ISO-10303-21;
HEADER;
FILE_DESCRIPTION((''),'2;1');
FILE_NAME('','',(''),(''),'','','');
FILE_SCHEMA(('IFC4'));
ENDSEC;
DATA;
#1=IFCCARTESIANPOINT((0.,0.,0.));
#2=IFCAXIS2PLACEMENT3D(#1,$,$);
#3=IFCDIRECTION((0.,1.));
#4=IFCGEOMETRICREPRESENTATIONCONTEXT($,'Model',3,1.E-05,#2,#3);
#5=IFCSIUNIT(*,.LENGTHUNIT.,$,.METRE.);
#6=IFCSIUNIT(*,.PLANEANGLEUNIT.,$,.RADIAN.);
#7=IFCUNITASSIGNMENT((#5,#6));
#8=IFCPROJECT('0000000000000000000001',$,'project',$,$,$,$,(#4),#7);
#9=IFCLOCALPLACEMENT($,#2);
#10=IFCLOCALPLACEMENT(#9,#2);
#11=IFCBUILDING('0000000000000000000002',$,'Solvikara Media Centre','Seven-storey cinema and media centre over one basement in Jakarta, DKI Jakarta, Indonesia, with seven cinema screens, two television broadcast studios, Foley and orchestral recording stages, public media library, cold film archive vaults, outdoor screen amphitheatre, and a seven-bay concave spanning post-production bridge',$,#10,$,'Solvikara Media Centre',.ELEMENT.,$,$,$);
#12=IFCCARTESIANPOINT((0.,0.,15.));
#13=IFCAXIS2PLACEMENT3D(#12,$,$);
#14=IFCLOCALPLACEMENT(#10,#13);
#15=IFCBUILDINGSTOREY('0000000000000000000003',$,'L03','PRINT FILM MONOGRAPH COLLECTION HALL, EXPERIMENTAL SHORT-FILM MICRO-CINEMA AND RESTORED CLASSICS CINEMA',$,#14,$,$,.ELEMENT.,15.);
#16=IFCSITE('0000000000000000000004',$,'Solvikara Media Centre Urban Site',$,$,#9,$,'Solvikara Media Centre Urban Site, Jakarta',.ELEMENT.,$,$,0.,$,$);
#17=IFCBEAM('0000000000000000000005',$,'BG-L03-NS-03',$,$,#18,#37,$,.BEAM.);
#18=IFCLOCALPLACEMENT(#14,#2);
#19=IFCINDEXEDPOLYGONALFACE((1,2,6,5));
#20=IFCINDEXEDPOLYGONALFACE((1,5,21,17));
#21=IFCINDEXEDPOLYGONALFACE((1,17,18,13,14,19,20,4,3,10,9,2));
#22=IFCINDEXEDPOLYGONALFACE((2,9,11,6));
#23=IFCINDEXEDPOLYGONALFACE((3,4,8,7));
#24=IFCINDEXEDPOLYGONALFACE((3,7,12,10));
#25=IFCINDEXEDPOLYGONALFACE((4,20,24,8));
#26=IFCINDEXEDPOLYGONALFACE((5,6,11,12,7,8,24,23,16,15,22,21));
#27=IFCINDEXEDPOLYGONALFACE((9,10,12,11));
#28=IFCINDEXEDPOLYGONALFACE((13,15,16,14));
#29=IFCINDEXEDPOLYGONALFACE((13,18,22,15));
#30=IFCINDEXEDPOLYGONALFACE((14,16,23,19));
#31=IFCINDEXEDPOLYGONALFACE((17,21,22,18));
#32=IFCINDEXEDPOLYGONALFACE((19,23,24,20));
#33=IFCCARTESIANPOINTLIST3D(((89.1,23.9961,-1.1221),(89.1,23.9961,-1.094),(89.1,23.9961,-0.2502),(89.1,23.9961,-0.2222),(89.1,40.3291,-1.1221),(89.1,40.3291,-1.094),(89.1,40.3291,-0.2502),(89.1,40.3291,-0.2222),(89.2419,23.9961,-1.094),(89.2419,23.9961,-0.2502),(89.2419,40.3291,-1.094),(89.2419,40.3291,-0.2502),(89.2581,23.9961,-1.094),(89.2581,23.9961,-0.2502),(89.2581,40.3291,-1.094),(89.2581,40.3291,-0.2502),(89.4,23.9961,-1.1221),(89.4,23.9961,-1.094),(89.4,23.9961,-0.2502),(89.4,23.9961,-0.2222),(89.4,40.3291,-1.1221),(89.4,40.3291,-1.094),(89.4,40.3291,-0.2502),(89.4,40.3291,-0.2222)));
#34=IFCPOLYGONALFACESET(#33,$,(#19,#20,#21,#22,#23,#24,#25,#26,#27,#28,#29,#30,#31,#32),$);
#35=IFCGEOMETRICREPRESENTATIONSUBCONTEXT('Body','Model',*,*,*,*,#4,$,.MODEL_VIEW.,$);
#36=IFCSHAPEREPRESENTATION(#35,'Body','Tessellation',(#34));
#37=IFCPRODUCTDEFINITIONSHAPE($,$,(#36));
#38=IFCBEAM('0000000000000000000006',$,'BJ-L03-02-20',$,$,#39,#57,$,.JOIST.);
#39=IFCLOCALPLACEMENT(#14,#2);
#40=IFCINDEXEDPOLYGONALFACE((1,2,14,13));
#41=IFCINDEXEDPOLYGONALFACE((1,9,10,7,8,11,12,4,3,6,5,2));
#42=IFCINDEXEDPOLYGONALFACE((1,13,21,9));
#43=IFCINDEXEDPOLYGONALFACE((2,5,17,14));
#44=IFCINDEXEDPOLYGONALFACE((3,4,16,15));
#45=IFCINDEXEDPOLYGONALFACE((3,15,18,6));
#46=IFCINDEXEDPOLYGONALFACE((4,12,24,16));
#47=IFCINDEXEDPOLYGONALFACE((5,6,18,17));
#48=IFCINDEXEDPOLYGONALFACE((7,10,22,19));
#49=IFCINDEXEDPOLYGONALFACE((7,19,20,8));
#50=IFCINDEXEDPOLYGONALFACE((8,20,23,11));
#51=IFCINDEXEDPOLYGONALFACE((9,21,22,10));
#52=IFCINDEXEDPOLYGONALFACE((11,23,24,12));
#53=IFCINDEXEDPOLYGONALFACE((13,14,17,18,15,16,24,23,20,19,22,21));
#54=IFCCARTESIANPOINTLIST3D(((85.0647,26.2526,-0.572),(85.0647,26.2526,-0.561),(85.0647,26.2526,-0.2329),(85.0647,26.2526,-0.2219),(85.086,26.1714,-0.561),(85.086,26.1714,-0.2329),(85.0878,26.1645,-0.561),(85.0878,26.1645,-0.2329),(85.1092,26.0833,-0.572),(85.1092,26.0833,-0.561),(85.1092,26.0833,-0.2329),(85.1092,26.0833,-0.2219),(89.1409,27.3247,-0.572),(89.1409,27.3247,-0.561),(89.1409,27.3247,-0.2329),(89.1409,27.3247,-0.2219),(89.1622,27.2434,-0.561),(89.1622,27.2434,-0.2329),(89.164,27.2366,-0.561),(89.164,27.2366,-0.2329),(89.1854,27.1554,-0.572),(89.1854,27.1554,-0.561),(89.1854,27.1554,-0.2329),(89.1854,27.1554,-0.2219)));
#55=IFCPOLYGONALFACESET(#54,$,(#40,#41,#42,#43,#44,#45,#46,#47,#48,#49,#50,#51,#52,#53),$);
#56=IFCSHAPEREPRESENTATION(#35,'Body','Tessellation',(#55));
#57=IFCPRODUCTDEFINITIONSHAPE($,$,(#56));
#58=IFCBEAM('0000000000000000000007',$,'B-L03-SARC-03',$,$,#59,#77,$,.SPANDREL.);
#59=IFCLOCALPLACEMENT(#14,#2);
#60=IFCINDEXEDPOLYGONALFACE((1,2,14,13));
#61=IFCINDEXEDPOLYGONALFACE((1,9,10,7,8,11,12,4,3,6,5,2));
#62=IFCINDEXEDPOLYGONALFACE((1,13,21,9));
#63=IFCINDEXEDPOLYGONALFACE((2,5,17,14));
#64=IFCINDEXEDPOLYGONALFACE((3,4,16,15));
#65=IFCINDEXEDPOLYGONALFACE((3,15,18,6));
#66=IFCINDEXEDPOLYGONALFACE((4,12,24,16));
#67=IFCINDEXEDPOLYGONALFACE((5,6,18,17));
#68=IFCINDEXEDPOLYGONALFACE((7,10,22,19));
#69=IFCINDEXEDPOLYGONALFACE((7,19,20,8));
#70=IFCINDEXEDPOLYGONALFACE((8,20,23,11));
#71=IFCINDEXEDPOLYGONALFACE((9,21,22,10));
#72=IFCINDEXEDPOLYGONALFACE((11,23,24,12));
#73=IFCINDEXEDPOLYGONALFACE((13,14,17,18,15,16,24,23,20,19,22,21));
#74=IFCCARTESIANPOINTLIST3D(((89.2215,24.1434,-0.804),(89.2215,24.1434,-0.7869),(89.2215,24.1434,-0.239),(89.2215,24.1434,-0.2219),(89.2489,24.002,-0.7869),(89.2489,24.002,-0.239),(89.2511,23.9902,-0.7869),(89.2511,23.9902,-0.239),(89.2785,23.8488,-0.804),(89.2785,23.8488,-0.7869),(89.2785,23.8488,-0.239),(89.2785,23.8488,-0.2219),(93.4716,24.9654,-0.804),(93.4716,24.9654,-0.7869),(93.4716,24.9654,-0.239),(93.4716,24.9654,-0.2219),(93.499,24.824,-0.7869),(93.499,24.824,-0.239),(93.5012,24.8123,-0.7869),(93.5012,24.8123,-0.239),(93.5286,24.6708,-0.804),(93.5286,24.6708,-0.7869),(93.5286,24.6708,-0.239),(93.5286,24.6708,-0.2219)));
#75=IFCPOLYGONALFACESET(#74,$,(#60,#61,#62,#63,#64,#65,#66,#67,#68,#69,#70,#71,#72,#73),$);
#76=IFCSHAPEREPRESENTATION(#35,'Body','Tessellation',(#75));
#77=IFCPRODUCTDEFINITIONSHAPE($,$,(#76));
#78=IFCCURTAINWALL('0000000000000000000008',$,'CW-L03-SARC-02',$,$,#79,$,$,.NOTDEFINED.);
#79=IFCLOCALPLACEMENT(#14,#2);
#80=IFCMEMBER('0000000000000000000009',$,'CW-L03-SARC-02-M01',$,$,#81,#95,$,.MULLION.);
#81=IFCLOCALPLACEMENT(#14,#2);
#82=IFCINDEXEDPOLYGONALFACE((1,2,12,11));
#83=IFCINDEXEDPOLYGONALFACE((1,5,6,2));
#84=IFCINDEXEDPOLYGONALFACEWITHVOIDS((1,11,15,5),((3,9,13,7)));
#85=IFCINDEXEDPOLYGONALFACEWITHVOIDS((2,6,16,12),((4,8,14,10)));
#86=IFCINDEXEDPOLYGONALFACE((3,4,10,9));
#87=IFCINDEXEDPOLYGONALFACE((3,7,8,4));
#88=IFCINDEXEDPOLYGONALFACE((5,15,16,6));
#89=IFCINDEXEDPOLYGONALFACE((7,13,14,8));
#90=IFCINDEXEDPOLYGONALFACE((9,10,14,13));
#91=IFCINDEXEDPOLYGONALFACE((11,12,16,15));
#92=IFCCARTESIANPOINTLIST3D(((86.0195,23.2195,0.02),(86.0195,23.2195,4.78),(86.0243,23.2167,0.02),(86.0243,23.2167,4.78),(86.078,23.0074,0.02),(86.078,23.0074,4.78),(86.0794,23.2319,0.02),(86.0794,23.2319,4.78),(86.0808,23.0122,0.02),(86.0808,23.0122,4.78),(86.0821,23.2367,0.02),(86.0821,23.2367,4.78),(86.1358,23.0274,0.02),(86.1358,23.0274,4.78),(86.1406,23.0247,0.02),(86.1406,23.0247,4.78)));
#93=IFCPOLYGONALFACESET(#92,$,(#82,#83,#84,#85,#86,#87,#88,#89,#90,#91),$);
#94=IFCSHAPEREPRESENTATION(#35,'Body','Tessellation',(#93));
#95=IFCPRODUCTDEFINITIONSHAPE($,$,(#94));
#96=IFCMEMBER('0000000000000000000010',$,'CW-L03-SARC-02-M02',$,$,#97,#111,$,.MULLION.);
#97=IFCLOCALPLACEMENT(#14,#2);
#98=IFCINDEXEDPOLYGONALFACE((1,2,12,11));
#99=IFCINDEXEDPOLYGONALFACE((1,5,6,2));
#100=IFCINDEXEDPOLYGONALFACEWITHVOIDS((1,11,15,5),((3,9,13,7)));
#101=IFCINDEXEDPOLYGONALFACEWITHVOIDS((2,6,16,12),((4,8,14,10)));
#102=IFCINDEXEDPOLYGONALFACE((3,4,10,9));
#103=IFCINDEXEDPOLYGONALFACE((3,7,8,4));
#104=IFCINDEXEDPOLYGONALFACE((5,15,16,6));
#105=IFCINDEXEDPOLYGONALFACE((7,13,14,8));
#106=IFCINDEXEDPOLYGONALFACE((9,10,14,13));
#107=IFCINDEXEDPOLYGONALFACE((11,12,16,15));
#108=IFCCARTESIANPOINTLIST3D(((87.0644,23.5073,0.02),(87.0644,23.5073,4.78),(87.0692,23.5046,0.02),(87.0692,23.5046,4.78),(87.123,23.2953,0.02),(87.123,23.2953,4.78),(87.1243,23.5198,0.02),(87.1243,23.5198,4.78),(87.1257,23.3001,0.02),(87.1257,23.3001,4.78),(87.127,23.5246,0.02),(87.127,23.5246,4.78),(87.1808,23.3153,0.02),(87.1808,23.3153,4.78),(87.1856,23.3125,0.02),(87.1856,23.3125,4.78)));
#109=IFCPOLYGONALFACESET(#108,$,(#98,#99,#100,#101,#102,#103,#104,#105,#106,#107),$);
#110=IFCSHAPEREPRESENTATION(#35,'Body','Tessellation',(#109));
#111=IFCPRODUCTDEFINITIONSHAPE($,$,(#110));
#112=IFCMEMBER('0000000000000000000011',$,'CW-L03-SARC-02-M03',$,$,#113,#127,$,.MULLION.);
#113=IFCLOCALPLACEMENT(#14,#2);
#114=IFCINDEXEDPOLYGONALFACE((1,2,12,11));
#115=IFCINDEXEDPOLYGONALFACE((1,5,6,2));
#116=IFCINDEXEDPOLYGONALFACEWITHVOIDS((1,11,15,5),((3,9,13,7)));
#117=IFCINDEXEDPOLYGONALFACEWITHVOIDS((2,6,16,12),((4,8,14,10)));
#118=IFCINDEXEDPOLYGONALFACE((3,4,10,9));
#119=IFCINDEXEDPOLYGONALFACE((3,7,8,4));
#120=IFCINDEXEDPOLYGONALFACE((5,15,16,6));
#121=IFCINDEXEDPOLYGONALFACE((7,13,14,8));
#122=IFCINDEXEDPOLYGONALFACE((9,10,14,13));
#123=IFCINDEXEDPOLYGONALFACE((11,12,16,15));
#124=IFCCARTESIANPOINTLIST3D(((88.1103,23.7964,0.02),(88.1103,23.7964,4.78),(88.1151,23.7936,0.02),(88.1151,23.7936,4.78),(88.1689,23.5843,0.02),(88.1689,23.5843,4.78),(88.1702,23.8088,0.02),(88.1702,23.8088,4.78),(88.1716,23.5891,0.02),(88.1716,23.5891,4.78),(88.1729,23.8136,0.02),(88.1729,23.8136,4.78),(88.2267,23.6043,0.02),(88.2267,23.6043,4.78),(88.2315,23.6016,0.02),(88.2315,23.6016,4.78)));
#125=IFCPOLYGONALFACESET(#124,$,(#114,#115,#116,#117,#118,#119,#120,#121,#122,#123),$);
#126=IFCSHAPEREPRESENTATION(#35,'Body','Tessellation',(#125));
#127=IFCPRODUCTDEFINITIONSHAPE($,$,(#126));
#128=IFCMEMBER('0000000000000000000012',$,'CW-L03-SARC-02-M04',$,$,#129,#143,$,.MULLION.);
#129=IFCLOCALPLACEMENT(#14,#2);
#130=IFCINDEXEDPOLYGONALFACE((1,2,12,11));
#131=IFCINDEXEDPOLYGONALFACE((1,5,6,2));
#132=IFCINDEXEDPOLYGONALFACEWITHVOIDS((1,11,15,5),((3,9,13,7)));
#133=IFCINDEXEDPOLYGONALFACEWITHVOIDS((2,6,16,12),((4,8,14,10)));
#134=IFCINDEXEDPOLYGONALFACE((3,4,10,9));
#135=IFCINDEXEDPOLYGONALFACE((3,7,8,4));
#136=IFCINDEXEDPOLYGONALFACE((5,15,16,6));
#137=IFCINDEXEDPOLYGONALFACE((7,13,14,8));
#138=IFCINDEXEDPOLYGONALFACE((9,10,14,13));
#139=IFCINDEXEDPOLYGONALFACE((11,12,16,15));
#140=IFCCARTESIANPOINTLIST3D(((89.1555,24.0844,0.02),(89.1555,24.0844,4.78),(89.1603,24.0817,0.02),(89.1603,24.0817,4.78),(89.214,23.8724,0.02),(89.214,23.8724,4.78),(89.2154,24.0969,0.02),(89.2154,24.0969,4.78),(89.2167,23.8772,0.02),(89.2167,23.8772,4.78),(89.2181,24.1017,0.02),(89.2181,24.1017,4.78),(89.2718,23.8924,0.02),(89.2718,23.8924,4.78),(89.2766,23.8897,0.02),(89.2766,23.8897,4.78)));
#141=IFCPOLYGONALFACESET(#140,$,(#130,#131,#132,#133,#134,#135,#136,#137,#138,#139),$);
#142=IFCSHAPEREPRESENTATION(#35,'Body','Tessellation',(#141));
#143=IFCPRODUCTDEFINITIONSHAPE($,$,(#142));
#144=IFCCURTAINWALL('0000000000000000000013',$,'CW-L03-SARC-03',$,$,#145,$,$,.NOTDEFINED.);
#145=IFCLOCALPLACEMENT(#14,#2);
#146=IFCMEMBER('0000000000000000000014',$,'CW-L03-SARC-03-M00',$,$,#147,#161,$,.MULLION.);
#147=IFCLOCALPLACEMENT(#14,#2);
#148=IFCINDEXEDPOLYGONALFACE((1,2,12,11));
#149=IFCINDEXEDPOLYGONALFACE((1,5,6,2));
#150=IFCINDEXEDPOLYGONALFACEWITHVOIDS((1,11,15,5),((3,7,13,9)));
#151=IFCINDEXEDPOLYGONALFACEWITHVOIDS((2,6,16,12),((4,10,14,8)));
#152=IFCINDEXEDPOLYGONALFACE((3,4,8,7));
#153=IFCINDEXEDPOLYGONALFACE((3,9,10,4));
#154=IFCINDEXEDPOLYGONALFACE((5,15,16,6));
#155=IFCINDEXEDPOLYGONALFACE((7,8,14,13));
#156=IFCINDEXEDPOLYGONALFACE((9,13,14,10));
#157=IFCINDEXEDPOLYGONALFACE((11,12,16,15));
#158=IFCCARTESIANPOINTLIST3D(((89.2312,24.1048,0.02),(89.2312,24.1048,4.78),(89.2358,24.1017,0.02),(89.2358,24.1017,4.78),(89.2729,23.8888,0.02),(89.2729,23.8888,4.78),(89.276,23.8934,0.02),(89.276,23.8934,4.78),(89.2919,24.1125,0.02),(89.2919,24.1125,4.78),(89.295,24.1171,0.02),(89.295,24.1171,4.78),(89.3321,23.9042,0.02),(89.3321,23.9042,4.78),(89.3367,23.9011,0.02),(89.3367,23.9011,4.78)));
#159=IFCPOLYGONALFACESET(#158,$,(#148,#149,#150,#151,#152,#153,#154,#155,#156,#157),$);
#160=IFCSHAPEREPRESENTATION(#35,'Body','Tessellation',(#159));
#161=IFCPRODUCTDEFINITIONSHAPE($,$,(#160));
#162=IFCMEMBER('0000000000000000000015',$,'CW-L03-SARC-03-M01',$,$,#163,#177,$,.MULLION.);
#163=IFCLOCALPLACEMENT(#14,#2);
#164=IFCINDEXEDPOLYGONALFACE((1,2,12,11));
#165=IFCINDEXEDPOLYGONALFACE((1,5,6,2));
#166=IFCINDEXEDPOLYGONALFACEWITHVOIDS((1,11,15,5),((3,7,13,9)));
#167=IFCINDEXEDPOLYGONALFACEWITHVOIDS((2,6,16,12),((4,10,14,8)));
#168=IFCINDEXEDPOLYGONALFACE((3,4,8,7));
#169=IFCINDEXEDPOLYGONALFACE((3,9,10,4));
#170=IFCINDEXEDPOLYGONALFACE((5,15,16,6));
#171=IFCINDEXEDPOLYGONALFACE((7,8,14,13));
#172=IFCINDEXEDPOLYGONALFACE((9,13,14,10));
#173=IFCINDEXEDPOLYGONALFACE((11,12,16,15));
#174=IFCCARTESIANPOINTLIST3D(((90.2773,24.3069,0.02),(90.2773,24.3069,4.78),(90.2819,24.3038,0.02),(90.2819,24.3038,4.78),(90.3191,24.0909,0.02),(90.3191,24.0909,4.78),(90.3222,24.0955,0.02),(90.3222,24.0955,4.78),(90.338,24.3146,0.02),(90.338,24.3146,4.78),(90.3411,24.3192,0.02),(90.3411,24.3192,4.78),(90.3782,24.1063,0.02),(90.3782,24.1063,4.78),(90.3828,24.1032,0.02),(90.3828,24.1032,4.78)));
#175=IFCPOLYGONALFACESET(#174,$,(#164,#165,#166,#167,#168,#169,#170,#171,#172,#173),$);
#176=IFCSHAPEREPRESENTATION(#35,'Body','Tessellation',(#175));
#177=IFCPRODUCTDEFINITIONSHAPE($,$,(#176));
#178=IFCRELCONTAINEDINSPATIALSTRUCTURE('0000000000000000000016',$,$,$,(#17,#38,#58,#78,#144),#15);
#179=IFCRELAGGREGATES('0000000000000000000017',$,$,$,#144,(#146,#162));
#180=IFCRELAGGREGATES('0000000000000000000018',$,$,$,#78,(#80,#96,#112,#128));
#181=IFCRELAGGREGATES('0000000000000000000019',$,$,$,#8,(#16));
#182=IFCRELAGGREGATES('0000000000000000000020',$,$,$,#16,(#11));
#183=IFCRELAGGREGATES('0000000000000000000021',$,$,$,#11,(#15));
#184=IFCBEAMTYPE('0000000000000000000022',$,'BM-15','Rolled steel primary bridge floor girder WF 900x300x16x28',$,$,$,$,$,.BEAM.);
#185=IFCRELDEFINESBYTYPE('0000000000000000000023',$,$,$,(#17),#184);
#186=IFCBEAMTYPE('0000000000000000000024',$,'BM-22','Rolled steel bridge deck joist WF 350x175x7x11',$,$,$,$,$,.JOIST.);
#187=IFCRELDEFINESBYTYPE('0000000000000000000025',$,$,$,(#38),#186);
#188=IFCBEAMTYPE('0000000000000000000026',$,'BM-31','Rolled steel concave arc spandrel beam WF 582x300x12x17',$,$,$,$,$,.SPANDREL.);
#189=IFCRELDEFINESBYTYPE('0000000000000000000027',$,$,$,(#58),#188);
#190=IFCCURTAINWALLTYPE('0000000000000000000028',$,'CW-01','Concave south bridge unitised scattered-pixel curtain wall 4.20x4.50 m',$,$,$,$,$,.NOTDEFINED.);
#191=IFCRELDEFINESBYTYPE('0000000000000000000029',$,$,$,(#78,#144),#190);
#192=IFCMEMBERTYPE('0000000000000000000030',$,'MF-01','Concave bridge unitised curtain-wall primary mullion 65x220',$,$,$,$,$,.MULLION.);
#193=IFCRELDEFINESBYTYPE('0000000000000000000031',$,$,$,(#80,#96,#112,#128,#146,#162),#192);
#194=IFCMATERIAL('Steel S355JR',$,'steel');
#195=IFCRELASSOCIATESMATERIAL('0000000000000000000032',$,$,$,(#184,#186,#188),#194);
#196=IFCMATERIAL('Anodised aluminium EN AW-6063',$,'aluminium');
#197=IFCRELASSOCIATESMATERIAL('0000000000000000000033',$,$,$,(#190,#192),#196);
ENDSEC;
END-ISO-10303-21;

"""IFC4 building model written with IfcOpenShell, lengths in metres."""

from ifc_helpers import new_model, si_unit, direction, frame, origin, origin_2d, place, context, subcontext, project, spatial, hollow_rectangle, i_section, extrude, material, material_profile, profile_set, type_object, element, aggregate, save


model = new_model("IFC4")

# Units and contexts
model_context = context("Model", 3, precision=1e-05, world=origin(), true_north=direction((0.0, 1.0)))
body_context = subcontext(model_context, "Body", "Model", "MODEL_VIEW")
ifc_project = project(units=[si_unit("LENGTHUNIT", "METRE"), si_unit("PLANEANGLEUNIT", "RADIAN")], contexts=[model_context])

# Site, building, storey
site_placement = place(None, origin())
site = spatial("IfcSite", under=ifc_project, at=site_placement, Name="Solvikara Media Centre Urban Site", LongName="Solvikara Media Centre Urban Site, Jakarta", CompositionType="ELEMENT", RefElevation=0.0)
building_placement = place(site_placement, origin())
building = spatial("IfcBuilding", under=site, at=building_placement, Name="Solvikara Media Centre", Description="Seven-storey cinema and media centre over one basement in Jakarta, DKI Jakarta, Indonesia, with seven cinema screens, two television broadcast studios, Foley and orchestral recording stages, public media library, cold film archive vaults, outdoor screen amphitheatre, and a seven-bay concave spanning post-production bridge", LongName="Solvikara Media Centre", CompositionType="ELEMENT")
storey_placement = place(building_placement, frame((0.0, 0.0, 15.0)))
storey = spatial("IfcBuildingStorey", under=building, at=storey_placement, Name="L03", Description="PRINT FILM MONOGRAPH COLLECTION HALL, EXPERIMENTAL SHORT-FILM MICRO-CINEMA AND RESTORED CLASSICS CINEMA", CompositionType="ELEMENT", Elevation=15.0)

# Beams
ifc_material_1 = material(Name="Steel S355JR", Category="steel")
ifc_material_profile_1 = material_profile(ifc_material_1, i_section(OverallWidth=0.3, OverallDepth=0.8999, WebThickness=0.0161, FlangeThickness=0.0281, at=origin_2d()), Name="WF 900x300x16x28")
ifc_profile_set_1 = profile_set([ifc_material_profile_1], Name="Steel S355JR")
beam_type_1 = type_object("IfcBeamType", Name="BM-15", Description="Rolled steel primary bridge floor girder WF 900x300x16x28", PredefinedType="BEAM", material=ifc_profile_set_1)
beam_1_placement = place(storey_placement, frame((89.25, 23.9961, -0.6721), z_axis=(0.0, 1.0, 0.0), x_axis=(-1.0, 0.0, 0.0)))
element("IfcBeam", 1, at=beam_1_placement, inside=storey, type_object=beam_type_1, Name="BG-L03-NS-03", PredefinedType="BEAM", context=body_context, shape_type="SweptSolid", body=[
    extrude(i_section(OverallWidth=0.3, OverallDepth=0.8999, WebThickness=0.0161, FlangeThickness=0.0281, at=origin_2d()), origin(), (0.0, 0.0, 1.0), 16.333),
])
ifc_material_profile_2 = material_profile(ifc_material_1, i_section(OverallWidth=0.175, OverallDepth=0.3501, WebThickness=0.0071, FlangeThickness=0.011, at=origin_2d()), Name="WF 350x175x7x11")
ifc_profile_set_2 = profile_set([ifc_material_profile_2], Name="Steel S355JR")
beam_type_2 = type_object("IfcBeamType", Name="BM-22", Description="Rolled steel bridge deck joist WF 350x175x7x11", PredefinedType="JOIST", material=ifc_profile_set_2)
beam_2_placement = place(storey_placement, frame((85.0869, 26.168, -0.397), z_axis=(0.967113, 0.254348, 0.0), x_axis=(-0.254348, 0.967113, 0.0)))
element("IfcBeam", 2, at=beam_2_placement, inside=storey, type_object=beam_type_2, Name="BJ-L03-02-20", PredefinedType="JOIST", context=body_context, shape_type="SweptSolid", body=[
    extrude(i_section(OverallWidth=0.175, OverallDepth=0.3501, WebThickness=0.0071, FlangeThickness=0.011, at=origin_2d()), origin(), (0.0, 0.0, 1.0), 4.2148),
])
ifc_material_profile_3 = material_profile(ifc_material_1, i_section(OverallWidth=0.3, OverallDepth=0.582, WebThickness=0.012, FlangeThickness=0.0171, at=origin_2d()), Name="WF 582x300x12x17")
ifc_profile_set_3 = profile_set([ifc_material_profile_3], Name="Steel S355JR")
beam_type_3 = type_object("IfcBeamType", Name="BM-31", Description="Rolled steel concave arc spandrel beam WF 582x300x12x17", PredefinedType="SPANDREL", material=ifc_profile_set_3)
beam_3_placement = place(storey_placement, frame((89.25, 23.9961, -0.5129), z_axis=(0.981804, 0.189897, 0.0), x_axis=(-0.189897, 0.981804, 0.0)))
element("IfcBeam", 3, at=beam_3_placement, inside=storey, type_object=beam_type_3, Name="B-L03-SARC-03", PredefinedType="SPANDREL", context=body_context, shape_type="SweptSolid", body=[
    extrude(i_section(OverallWidth=0.3, OverallDepth=0.582, WebThickness=0.012, FlangeThickness=0.0171, at=origin_2d()), origin(), (0.0, 0.0, 1.0), 4.3289),
])

# Curtain walls, members
ifc_material_2 = material(Name="Anodised aluminium EN AW-6063", Category="aluminium")
curtain_wall_type = type_object("IfcCurtainWallType", Name="CW-01", Description="Concave south bridge unitised scattered-pixel curtain wall 4.20x4.50 m", PredefinedType="NOTDEFINED", material=ifc_material_2)
curtain_wall_1_placement = place(storey_placement, origin())
curtain_wall_1 = element("IfcCurtainWall", 4, at=curtain_wall_1_placement, inside=storey, type_object=curtain_wall_type, Name="CW-L03-SARC-02", PredefinedType="NOTDEFINED")
ifc_material_profile_4 = material_profile(ifc_material_2, hollow_rectangle(XDim=0.0649, YDim=0.22, WallThickness=0.0039, at=origin_2d()), Name="ALU-M 65x220x4")
ifc_profile_set_4 = profile_set([ifc_material_profile_4], Name="Anodised aluminium EN AW-6063")
member_type_1 = type_object("IfcMemberType", Name="MF-01", Description="Concave bridge unitised curtain-wall primary mullion 65x220", PredefinedType="MULLION", material=ifc_profile_set_4)
member_1_placement = place(storey_placement, frame((86.0801, 23.1221, 0.02), z_axis=(0.0, 0.0, 1.0), x_axis=(0.96397, 0.26601, 0.0)))
member_1 = element("IfcMember", 5, at=member_1_placement, type_object=member_type_1, Name="CW-L03-SARC-02-M01", PredefinedType="MULLION", context=body_context, shape_type="SweptSolid", body=[
    extrude(hollow_rectangle(XDim=0.0649, YDim=0.22, WallThickness=0.0039, at=origin_2d()), origin(), (0.0, 0.0, 1.0), 4.76),
])
member_2_placement = place(storey_placement, frame((87.125, 23.4099, 0.02), z_axis=(0.0, 0.0, 1.0), x_axis=(0.96397, 0.26601, 0.0)))
member_2 = element("IfcMember", 6, at=member_2_placement, type_object=member_type_1, Name="CW-L03-SARC-02-M02", PredefinedType="MULLION", context=body_context, shape_type="SweptSolid", body=[
    extrude(hollow_rectangle(XDim=0.0649, YDim=0.22, WallThickness=0.0039, at=origin_2d()), origin(), (0.0, 0.0, 1.0), 4.76),
])
member_3_placement = place(storey_placement, frame((88.1709, 23.699, 0.02), z_axis=(0.0, 0.0, 1.0), x_axis=(0.96397, 0.26601, 0.0)))
member_3 = element("IfcMember", 7, at=member_3_placement, type_object=member_type_1, Name="CW-L03-SARC-02-M03", PredefinedType="MULLION", context=body_context, shape_type="SweptSolid", body=[
    extrude(hollow_rectangle(XDim=0.0649, YDim=0.22, WallThickness=0.0039, at=origin_2d()), origin(), (0.0, 0.0, 1.0), 4.76),
])
member_4_placement = place(storey_placement, frame((89.2161, 23.9871, 0.02), z_axis=(0.0, 0.0, 1.0), x_axis=(0.96397, 0.26601, 0.0)))
member_4 = element("IfcMember", 8, at=member_4_placement, type_object=member_type_1, Name="CW-L03-SARC-02-M04", PredefinedType="MULLION", context=body_context, shape_type="SweptSolid", body=[
    extrude(hollow_rectangle(XDim=0.0649, YDim=0.22, WallThickness=0.0039, at=origin_2d()), origin(), (0.0, 0.0, 1.0), 4.76),
])
curtain_wall_2_placement = place(storey_placement, origin())
curtain_wall_2 = element("IfcCurtainWall", 9, at=curtain_wall_2_placement, inside=storey, type_object=curtain_wall_type, Name="CW-L03-SARC-03", PredefinedType="NOTDEFINED")
member_5_placement = place(storey_placement, frame((89.2839, 24.0029, 0.02), z_axis=(0.0, 0.0, 1.0), x_axis=(0.981843, 0.189695, 0.0)))
member_5 = element("IfcMember", 10, at=member_5_placement, type_object=member_type_1, Name="CW-L03-SARC-03-M00", PredefinedType="MULLION", context=body_context, shape_type="SweptSolid", body=[
    extrude(hollow_rectangle(XDim=0.0649, YDim=0.22, WallThickness=0.0039, at=origin_2d()), origin(), (0.0, 0.0, 1.0), 4.76),
])
member_6_placement = place(storey_placement, frame((90.3301, 24.2051, 0.02), z_axis=(0.0, 0.0, 1.0), x_axis=(0.981843, 0.189695, 0.0)))
member_6 = element("IfcMember", 11, at=member_6_placement, type_object=member_type_1, Name="CW-L03-SARC-03-M01", PredefinedType="MULLION", context=body_context, shape_type="SweptSolid", body=[
    extrude(hollow_rectangle(XDim=0.0649, YDim=0.22, WallThickness=0.0039, at=origin_2d()), origin(), (0.0, 0.0, 1.0), 4.76),
])

aggregate(curtain_wall_2, [member_5, member_6])
aggregate(curtain_wall_1, [member_1, member_2, member_3, member_4])

save(model, "model.ifc")
